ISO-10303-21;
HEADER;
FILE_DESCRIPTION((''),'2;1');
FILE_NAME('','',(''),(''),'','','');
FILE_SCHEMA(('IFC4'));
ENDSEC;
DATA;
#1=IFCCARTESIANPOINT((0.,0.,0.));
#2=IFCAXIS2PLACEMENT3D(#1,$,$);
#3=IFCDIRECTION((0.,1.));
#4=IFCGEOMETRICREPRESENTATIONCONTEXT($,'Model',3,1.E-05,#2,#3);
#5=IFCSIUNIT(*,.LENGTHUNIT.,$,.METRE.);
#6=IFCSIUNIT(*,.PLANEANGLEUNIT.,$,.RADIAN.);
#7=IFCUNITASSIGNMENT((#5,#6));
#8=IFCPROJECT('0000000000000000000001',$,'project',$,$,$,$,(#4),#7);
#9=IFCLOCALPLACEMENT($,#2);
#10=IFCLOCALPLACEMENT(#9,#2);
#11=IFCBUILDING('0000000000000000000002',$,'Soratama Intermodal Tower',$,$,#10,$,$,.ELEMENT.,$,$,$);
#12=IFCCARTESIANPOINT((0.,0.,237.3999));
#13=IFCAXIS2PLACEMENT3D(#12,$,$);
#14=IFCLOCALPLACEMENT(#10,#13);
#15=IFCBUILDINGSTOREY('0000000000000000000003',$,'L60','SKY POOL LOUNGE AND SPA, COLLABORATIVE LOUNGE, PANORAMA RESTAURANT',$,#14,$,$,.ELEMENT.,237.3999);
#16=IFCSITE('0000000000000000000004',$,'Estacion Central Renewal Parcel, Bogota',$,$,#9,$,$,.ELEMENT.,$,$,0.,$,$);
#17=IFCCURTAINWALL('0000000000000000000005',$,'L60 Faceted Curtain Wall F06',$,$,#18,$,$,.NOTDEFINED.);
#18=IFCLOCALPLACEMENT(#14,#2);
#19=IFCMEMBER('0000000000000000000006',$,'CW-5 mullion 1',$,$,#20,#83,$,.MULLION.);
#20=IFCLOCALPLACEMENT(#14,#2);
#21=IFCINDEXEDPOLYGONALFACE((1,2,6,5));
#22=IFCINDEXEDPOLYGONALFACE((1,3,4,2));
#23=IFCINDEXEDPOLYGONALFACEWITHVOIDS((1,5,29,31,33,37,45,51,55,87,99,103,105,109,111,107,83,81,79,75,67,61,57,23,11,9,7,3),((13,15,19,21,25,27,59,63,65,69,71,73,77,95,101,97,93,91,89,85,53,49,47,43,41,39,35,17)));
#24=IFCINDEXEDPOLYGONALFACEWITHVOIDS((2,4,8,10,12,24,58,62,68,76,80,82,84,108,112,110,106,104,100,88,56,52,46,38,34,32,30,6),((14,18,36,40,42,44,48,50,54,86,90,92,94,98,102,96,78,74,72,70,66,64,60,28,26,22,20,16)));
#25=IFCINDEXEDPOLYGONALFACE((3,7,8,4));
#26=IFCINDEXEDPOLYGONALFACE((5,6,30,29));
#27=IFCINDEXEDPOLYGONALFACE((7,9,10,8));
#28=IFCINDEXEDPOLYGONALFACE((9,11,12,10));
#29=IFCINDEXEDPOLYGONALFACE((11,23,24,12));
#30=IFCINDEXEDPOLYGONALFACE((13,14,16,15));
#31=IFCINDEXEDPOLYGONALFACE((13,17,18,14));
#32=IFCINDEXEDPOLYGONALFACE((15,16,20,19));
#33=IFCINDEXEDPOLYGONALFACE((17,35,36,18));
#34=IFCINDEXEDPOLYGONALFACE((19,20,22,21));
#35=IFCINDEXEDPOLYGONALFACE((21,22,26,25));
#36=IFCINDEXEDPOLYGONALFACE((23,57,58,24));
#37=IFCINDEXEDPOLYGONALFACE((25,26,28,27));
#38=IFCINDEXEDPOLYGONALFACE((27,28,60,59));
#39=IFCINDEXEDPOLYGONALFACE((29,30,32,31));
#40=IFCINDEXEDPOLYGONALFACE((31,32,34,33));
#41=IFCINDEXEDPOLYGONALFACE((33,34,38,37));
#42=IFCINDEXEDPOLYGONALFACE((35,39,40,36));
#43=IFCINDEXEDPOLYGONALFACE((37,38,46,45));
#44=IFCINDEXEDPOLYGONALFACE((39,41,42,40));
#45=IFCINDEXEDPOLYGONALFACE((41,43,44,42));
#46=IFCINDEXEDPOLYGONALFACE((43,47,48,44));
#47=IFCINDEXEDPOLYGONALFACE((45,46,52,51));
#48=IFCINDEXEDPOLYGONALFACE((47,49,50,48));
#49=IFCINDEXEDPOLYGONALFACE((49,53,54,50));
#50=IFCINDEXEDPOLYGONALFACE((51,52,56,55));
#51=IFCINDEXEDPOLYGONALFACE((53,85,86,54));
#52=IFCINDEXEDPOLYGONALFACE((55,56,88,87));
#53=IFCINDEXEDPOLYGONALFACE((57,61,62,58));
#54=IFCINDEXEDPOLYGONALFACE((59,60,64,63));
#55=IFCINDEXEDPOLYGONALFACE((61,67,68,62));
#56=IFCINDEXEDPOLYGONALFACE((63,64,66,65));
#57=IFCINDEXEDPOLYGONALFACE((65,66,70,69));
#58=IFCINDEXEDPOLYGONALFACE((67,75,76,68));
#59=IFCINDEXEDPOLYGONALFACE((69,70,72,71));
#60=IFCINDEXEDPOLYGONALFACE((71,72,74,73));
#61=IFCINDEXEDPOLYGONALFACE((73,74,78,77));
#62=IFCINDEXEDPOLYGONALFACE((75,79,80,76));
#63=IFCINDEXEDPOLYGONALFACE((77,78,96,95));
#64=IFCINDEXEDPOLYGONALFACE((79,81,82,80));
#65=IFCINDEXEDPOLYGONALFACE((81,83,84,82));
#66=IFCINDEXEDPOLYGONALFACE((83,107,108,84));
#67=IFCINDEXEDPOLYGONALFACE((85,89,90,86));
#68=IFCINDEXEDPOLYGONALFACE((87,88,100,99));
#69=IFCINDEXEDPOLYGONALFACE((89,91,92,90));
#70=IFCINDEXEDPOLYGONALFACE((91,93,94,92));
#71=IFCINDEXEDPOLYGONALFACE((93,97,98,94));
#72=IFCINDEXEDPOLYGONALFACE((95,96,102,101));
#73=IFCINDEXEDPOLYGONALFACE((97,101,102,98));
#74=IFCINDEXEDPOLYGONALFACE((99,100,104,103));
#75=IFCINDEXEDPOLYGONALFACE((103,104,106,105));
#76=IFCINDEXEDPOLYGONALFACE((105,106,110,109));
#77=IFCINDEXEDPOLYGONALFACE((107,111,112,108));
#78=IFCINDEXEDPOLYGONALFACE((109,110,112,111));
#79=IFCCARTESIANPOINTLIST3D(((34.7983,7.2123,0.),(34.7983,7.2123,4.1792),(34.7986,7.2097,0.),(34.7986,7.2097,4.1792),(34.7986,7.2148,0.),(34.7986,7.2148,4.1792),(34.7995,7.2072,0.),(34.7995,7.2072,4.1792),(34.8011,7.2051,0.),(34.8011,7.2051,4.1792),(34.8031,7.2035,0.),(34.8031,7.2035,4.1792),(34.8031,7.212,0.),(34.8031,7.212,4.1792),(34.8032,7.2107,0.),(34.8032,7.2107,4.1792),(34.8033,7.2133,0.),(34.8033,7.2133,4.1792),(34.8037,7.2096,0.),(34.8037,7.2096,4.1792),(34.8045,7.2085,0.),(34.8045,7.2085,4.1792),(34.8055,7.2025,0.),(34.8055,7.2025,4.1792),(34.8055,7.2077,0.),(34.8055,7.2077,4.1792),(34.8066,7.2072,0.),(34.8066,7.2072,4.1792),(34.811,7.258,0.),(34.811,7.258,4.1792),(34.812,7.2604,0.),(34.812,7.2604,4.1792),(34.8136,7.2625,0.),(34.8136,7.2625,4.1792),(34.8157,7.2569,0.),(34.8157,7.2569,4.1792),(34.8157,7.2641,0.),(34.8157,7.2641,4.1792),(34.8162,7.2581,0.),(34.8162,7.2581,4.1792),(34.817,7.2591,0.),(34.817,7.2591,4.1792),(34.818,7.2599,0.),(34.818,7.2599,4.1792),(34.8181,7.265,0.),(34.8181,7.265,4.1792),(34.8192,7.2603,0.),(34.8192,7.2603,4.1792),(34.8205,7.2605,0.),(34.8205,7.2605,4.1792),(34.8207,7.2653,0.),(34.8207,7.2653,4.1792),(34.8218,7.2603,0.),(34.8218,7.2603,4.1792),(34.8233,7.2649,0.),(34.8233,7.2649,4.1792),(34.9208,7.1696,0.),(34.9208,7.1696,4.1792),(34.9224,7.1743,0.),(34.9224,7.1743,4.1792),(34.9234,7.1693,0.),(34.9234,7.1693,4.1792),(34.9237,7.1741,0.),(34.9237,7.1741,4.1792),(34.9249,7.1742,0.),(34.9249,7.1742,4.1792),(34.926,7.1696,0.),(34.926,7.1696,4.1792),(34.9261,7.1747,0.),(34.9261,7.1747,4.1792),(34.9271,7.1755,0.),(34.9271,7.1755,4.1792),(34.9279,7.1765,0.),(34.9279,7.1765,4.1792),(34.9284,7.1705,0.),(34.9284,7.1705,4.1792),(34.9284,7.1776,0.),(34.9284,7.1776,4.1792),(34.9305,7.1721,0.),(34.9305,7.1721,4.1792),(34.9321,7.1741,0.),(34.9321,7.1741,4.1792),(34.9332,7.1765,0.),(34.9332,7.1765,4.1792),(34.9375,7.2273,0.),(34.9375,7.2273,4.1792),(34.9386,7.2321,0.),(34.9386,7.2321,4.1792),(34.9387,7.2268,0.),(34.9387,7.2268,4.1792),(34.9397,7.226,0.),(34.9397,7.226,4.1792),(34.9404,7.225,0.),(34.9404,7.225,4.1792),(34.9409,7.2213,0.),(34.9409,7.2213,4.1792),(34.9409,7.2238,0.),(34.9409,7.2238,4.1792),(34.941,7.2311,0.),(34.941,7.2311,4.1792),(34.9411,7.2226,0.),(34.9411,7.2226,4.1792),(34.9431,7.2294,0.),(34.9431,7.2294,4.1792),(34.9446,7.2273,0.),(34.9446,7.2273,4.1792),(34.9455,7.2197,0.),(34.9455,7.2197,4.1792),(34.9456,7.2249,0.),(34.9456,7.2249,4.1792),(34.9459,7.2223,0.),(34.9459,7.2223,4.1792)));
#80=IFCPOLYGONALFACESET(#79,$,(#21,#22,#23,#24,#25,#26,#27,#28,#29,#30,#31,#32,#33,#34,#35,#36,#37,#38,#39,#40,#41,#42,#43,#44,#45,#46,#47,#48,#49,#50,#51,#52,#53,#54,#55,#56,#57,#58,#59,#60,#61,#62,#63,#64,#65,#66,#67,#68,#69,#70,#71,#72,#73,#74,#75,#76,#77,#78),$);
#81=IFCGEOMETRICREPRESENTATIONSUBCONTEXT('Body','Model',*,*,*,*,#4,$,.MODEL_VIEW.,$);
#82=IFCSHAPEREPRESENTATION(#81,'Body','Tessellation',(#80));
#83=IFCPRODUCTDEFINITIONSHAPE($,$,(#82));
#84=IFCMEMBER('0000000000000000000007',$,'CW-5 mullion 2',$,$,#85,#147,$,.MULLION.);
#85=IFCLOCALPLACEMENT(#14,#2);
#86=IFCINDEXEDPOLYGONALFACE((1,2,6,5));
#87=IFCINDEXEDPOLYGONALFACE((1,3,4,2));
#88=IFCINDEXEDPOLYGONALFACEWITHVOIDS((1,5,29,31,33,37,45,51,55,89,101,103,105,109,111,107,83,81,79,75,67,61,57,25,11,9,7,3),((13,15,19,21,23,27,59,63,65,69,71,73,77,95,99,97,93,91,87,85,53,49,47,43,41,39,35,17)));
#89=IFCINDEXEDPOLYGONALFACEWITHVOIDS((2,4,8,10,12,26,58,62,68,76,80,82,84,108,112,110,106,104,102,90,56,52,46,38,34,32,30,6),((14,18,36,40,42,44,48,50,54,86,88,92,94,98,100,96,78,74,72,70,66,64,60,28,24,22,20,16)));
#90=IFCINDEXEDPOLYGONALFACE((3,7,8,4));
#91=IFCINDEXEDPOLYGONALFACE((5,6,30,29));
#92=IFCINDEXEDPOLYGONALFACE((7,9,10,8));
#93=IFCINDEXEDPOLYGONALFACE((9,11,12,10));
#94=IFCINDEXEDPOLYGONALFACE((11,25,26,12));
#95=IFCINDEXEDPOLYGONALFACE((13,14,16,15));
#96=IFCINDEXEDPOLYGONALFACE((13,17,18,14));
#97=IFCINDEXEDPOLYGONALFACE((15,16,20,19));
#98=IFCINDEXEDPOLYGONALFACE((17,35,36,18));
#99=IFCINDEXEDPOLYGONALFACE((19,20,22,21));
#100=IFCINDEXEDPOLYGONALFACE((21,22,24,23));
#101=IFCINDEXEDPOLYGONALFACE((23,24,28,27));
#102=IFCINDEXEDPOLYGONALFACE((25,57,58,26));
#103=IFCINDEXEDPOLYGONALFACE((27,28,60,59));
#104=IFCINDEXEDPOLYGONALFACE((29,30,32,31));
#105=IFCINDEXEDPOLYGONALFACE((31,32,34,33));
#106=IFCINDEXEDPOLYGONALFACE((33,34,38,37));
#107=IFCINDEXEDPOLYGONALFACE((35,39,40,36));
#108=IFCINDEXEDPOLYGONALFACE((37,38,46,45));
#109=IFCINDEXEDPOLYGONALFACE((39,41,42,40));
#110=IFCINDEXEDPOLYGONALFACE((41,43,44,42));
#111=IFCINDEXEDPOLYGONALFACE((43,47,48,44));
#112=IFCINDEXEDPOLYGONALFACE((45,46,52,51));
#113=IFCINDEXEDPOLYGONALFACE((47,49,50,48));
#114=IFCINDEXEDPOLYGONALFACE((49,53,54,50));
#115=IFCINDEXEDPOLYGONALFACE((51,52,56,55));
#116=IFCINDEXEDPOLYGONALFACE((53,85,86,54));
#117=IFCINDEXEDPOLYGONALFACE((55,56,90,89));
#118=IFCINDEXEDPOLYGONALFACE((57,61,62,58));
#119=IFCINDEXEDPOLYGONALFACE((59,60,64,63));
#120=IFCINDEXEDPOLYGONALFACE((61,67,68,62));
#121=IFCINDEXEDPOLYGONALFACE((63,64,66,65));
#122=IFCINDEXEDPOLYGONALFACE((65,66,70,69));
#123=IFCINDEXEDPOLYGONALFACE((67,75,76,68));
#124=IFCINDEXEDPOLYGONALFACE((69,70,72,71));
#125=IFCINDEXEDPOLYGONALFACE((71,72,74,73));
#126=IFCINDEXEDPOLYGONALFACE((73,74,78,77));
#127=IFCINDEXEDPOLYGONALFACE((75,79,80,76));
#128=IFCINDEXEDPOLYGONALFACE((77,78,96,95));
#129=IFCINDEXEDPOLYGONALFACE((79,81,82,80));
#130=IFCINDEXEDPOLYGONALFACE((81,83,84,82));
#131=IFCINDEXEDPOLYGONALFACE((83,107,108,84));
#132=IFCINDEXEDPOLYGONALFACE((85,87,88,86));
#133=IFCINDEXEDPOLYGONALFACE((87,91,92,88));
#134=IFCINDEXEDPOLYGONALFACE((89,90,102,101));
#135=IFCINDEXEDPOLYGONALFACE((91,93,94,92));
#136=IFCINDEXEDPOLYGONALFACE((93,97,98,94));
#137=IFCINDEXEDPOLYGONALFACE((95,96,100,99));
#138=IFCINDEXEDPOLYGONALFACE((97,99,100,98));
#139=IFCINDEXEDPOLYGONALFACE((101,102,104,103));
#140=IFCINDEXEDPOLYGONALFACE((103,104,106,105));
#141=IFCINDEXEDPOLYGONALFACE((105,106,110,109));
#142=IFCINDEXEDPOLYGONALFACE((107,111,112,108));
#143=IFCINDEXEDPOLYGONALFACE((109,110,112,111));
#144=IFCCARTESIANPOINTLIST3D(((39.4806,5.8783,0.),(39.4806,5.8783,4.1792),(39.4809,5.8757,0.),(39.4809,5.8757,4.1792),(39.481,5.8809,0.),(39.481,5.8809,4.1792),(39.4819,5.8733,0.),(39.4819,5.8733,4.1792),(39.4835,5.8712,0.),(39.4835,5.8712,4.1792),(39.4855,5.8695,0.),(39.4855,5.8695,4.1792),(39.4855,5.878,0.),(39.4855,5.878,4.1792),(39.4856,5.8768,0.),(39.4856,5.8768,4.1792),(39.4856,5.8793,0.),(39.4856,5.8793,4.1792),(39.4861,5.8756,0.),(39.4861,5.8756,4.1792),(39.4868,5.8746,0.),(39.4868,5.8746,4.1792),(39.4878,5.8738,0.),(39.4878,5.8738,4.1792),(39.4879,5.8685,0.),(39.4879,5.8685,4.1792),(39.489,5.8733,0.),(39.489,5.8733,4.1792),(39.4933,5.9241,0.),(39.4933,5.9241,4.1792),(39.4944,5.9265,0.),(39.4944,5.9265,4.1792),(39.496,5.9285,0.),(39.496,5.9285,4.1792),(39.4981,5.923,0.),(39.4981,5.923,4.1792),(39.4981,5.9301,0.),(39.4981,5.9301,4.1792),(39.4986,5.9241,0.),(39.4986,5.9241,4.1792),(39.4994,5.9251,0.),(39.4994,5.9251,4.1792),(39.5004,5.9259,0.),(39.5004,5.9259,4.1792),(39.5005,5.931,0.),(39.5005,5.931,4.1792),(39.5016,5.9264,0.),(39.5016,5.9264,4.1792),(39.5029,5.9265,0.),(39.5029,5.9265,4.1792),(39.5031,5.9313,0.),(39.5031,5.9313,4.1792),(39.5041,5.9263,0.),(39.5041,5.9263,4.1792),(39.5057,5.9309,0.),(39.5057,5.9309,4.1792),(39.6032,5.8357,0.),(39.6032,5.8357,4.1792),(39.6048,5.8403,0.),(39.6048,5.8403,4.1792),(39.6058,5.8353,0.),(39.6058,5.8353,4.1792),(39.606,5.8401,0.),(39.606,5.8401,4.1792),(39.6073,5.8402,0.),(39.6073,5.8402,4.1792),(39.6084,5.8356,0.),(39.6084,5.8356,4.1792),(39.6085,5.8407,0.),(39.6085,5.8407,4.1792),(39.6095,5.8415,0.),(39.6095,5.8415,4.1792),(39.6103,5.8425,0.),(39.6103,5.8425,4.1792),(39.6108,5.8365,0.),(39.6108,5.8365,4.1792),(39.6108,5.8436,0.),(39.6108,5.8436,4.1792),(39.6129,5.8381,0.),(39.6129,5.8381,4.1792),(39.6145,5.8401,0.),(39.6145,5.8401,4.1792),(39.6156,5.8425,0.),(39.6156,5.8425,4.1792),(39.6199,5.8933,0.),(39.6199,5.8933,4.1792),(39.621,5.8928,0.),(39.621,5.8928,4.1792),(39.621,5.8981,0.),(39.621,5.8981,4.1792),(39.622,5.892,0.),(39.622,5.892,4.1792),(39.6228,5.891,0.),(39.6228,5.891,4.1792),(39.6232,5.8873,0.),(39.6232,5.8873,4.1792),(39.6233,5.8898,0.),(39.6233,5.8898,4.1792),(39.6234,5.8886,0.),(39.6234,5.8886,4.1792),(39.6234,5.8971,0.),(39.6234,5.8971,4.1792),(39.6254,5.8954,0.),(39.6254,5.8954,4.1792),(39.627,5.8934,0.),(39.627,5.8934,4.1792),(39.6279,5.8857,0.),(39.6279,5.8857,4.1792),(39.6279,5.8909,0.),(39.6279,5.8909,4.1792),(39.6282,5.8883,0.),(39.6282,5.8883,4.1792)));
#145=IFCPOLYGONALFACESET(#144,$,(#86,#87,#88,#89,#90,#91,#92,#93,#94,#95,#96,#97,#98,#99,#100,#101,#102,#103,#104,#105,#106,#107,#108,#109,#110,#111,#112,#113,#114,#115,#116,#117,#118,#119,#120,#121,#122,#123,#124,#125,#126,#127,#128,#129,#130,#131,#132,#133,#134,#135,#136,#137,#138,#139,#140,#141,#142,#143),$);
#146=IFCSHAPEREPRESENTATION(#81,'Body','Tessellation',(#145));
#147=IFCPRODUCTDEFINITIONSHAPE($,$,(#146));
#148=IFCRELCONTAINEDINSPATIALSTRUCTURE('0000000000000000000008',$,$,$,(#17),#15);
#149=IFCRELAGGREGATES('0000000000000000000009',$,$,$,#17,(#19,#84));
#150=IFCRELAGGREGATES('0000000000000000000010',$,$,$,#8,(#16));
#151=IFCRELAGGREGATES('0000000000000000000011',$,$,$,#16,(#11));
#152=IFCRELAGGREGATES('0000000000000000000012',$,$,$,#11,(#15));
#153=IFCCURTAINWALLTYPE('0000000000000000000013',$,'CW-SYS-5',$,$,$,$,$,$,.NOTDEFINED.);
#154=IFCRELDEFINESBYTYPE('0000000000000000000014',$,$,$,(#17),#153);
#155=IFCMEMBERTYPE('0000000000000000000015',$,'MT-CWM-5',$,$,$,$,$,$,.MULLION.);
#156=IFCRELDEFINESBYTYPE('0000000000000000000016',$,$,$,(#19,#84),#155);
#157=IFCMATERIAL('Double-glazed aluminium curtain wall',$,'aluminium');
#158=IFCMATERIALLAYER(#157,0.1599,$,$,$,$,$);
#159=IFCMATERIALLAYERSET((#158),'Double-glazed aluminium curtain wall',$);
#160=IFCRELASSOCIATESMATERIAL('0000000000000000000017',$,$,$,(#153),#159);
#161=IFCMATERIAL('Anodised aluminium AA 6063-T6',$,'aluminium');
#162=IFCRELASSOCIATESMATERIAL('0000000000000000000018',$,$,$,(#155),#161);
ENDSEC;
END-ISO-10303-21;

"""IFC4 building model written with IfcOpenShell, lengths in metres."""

from ifc_helpers import new_model, si_unit, direction, frame, origin, origin_2d, place, context, subcontext, project, spatial, hollow_rectangle, extrude, material, layer, layer_set, material_profile, profile_set, type_object, element, aggregate, save


model = new_model("IFC4")

# Units and contexts
model_context = context("Model", 3, precision=1e-05, world=origin(), true_north=direction((0.0, 1.0)))
body_context = subcontext(model_context, "Body", "Model", "MODEL_VIEW")
ifc_project = project(units=[si_unit("LENGTHUNIT", "METRE"), si_unit("PLANEANGLEUNIT", "RADIAN")], contexts=[model_context])

# Site, building, storey
site_placement = place(None, origin())
site = spatial("IfcSite", under=ifc_project, at=site_placement, Name="Estacion Central Renewal Parcel, Bogota", CompositionType="ELEMENT", RefElevation=0.0)
building_placement = place(site_placement, origin())
building = spatial("IfcBuilding", under=site, at=building_placement, Name="Soratama Intermodal Tower", CompositionType="ELEMENT")
storey_placement = place(building_placement, frame((0.0, 0.0, 237.3999)))
storey = spatial("IfcBuildingStorey", under=building, at=storey_placement, Name="L60", Description="SKY POOL LOUNGE AND SPA, COLLABORATIVE LOUNGE, PANORAMA RESTAURANT", CompositionType="ELEMENT", Elevation=237.3999)

# Curtain wall, members
ifc_material_1 = material(Name="Double-glazed aluminium curtain wall", Category="aluminium")
ifc_layer_1 = layer(ifc_material_1, 0.1599)
ifc_layer_set_1 = layer_set([ifc_layer_1], Name="Double-glazed aluminium curtain wall")
curtain_wall_type = type_object("IfcCurtainWallType", Name="CW-SYS-5", PredefinedType="NOTDEFINED", material=ifc_layer_set_1)
curtain_wall_placement = place(storey_placement, origin())
curtain_wall = element("IfcCurtainWall", 1, at=curtain_wall_placement, inside=storey, type_object=curtain_wall_type, Name="L60 Faceted Curtain Wall F06", PredefinedType="NOTDEFINED")
ifc_material_2 = material(Name="Anodised aluminium AA 6063-T6", Category="aluminium")
ifc_material_profile_1 = material_profile(ifc_material_2, hollow_rectangle(XDim=0.0649, YDim=0.1399, WallThickness=0.0049, InnerFilletRadius=0.0049, OuterFilletRadius=0.01, at=origin_2d()), Name="CWM140X65X5")
ifc_profile_set_1 = profile_set([ifc_material_profile_1], Name="Anodised aluminium AA 6063-T6")
member_type_1 = type_object("IfcMemberType", Name="MT-CWM-5", PredefinedType="MULLION", material=ifc_profile_set_1)
member_1_placement = place(storey_placement, frame((34.8721, 7.2173, 0.0), z_axis=(0.0, 0.0, 1.0), x_axis=(0.273963, 0.96174, 0.0)))
member_1 = element("IfcMember", 2, at=member_1_placement, type_object=member_type_1, Name="CW-5 mullion 1", PredefinedType="MULLION", context=body_context, shape_type="SweptSolid", body=[
    extrude(hollow_rectangle(XDim=0.0649, YDim=0.1399, WallThickness=0.0049, InnerFilletRadius=0.0049, OuterFilletRadius=0.01, at=origin_2d()), origin(), (0.0, 0.0, 1.0), 4.1792),
])
member_2_placement = place(storey_placement, frame((39.5544, 5.8833, 0.0), z_axis=(0.0, 0.0, 1.0), x_axis=(0.273963, 0.96174, 0.0)))
member_2 = element("IfcMember", 3, at=member_2_placement, type_object=member_type_1, Name="CW-5 mullion 2", PredefinedType="MULLION", context=body_context, shape_type="SweptSolid", body=[
    extrude(hollow_rectangle(XDim=0.0649, YDim=0.1399, WallThickness=0.0049, InnerFilletRadius=0.0049, OuterFilletRadius=0.01, at=origin_2d()), origin(), (0.0, 0.0, 1.0), 4.1792),
])
aggregate(curtain_wall, [member_1, member_2])

save(model, "model.ifc")
